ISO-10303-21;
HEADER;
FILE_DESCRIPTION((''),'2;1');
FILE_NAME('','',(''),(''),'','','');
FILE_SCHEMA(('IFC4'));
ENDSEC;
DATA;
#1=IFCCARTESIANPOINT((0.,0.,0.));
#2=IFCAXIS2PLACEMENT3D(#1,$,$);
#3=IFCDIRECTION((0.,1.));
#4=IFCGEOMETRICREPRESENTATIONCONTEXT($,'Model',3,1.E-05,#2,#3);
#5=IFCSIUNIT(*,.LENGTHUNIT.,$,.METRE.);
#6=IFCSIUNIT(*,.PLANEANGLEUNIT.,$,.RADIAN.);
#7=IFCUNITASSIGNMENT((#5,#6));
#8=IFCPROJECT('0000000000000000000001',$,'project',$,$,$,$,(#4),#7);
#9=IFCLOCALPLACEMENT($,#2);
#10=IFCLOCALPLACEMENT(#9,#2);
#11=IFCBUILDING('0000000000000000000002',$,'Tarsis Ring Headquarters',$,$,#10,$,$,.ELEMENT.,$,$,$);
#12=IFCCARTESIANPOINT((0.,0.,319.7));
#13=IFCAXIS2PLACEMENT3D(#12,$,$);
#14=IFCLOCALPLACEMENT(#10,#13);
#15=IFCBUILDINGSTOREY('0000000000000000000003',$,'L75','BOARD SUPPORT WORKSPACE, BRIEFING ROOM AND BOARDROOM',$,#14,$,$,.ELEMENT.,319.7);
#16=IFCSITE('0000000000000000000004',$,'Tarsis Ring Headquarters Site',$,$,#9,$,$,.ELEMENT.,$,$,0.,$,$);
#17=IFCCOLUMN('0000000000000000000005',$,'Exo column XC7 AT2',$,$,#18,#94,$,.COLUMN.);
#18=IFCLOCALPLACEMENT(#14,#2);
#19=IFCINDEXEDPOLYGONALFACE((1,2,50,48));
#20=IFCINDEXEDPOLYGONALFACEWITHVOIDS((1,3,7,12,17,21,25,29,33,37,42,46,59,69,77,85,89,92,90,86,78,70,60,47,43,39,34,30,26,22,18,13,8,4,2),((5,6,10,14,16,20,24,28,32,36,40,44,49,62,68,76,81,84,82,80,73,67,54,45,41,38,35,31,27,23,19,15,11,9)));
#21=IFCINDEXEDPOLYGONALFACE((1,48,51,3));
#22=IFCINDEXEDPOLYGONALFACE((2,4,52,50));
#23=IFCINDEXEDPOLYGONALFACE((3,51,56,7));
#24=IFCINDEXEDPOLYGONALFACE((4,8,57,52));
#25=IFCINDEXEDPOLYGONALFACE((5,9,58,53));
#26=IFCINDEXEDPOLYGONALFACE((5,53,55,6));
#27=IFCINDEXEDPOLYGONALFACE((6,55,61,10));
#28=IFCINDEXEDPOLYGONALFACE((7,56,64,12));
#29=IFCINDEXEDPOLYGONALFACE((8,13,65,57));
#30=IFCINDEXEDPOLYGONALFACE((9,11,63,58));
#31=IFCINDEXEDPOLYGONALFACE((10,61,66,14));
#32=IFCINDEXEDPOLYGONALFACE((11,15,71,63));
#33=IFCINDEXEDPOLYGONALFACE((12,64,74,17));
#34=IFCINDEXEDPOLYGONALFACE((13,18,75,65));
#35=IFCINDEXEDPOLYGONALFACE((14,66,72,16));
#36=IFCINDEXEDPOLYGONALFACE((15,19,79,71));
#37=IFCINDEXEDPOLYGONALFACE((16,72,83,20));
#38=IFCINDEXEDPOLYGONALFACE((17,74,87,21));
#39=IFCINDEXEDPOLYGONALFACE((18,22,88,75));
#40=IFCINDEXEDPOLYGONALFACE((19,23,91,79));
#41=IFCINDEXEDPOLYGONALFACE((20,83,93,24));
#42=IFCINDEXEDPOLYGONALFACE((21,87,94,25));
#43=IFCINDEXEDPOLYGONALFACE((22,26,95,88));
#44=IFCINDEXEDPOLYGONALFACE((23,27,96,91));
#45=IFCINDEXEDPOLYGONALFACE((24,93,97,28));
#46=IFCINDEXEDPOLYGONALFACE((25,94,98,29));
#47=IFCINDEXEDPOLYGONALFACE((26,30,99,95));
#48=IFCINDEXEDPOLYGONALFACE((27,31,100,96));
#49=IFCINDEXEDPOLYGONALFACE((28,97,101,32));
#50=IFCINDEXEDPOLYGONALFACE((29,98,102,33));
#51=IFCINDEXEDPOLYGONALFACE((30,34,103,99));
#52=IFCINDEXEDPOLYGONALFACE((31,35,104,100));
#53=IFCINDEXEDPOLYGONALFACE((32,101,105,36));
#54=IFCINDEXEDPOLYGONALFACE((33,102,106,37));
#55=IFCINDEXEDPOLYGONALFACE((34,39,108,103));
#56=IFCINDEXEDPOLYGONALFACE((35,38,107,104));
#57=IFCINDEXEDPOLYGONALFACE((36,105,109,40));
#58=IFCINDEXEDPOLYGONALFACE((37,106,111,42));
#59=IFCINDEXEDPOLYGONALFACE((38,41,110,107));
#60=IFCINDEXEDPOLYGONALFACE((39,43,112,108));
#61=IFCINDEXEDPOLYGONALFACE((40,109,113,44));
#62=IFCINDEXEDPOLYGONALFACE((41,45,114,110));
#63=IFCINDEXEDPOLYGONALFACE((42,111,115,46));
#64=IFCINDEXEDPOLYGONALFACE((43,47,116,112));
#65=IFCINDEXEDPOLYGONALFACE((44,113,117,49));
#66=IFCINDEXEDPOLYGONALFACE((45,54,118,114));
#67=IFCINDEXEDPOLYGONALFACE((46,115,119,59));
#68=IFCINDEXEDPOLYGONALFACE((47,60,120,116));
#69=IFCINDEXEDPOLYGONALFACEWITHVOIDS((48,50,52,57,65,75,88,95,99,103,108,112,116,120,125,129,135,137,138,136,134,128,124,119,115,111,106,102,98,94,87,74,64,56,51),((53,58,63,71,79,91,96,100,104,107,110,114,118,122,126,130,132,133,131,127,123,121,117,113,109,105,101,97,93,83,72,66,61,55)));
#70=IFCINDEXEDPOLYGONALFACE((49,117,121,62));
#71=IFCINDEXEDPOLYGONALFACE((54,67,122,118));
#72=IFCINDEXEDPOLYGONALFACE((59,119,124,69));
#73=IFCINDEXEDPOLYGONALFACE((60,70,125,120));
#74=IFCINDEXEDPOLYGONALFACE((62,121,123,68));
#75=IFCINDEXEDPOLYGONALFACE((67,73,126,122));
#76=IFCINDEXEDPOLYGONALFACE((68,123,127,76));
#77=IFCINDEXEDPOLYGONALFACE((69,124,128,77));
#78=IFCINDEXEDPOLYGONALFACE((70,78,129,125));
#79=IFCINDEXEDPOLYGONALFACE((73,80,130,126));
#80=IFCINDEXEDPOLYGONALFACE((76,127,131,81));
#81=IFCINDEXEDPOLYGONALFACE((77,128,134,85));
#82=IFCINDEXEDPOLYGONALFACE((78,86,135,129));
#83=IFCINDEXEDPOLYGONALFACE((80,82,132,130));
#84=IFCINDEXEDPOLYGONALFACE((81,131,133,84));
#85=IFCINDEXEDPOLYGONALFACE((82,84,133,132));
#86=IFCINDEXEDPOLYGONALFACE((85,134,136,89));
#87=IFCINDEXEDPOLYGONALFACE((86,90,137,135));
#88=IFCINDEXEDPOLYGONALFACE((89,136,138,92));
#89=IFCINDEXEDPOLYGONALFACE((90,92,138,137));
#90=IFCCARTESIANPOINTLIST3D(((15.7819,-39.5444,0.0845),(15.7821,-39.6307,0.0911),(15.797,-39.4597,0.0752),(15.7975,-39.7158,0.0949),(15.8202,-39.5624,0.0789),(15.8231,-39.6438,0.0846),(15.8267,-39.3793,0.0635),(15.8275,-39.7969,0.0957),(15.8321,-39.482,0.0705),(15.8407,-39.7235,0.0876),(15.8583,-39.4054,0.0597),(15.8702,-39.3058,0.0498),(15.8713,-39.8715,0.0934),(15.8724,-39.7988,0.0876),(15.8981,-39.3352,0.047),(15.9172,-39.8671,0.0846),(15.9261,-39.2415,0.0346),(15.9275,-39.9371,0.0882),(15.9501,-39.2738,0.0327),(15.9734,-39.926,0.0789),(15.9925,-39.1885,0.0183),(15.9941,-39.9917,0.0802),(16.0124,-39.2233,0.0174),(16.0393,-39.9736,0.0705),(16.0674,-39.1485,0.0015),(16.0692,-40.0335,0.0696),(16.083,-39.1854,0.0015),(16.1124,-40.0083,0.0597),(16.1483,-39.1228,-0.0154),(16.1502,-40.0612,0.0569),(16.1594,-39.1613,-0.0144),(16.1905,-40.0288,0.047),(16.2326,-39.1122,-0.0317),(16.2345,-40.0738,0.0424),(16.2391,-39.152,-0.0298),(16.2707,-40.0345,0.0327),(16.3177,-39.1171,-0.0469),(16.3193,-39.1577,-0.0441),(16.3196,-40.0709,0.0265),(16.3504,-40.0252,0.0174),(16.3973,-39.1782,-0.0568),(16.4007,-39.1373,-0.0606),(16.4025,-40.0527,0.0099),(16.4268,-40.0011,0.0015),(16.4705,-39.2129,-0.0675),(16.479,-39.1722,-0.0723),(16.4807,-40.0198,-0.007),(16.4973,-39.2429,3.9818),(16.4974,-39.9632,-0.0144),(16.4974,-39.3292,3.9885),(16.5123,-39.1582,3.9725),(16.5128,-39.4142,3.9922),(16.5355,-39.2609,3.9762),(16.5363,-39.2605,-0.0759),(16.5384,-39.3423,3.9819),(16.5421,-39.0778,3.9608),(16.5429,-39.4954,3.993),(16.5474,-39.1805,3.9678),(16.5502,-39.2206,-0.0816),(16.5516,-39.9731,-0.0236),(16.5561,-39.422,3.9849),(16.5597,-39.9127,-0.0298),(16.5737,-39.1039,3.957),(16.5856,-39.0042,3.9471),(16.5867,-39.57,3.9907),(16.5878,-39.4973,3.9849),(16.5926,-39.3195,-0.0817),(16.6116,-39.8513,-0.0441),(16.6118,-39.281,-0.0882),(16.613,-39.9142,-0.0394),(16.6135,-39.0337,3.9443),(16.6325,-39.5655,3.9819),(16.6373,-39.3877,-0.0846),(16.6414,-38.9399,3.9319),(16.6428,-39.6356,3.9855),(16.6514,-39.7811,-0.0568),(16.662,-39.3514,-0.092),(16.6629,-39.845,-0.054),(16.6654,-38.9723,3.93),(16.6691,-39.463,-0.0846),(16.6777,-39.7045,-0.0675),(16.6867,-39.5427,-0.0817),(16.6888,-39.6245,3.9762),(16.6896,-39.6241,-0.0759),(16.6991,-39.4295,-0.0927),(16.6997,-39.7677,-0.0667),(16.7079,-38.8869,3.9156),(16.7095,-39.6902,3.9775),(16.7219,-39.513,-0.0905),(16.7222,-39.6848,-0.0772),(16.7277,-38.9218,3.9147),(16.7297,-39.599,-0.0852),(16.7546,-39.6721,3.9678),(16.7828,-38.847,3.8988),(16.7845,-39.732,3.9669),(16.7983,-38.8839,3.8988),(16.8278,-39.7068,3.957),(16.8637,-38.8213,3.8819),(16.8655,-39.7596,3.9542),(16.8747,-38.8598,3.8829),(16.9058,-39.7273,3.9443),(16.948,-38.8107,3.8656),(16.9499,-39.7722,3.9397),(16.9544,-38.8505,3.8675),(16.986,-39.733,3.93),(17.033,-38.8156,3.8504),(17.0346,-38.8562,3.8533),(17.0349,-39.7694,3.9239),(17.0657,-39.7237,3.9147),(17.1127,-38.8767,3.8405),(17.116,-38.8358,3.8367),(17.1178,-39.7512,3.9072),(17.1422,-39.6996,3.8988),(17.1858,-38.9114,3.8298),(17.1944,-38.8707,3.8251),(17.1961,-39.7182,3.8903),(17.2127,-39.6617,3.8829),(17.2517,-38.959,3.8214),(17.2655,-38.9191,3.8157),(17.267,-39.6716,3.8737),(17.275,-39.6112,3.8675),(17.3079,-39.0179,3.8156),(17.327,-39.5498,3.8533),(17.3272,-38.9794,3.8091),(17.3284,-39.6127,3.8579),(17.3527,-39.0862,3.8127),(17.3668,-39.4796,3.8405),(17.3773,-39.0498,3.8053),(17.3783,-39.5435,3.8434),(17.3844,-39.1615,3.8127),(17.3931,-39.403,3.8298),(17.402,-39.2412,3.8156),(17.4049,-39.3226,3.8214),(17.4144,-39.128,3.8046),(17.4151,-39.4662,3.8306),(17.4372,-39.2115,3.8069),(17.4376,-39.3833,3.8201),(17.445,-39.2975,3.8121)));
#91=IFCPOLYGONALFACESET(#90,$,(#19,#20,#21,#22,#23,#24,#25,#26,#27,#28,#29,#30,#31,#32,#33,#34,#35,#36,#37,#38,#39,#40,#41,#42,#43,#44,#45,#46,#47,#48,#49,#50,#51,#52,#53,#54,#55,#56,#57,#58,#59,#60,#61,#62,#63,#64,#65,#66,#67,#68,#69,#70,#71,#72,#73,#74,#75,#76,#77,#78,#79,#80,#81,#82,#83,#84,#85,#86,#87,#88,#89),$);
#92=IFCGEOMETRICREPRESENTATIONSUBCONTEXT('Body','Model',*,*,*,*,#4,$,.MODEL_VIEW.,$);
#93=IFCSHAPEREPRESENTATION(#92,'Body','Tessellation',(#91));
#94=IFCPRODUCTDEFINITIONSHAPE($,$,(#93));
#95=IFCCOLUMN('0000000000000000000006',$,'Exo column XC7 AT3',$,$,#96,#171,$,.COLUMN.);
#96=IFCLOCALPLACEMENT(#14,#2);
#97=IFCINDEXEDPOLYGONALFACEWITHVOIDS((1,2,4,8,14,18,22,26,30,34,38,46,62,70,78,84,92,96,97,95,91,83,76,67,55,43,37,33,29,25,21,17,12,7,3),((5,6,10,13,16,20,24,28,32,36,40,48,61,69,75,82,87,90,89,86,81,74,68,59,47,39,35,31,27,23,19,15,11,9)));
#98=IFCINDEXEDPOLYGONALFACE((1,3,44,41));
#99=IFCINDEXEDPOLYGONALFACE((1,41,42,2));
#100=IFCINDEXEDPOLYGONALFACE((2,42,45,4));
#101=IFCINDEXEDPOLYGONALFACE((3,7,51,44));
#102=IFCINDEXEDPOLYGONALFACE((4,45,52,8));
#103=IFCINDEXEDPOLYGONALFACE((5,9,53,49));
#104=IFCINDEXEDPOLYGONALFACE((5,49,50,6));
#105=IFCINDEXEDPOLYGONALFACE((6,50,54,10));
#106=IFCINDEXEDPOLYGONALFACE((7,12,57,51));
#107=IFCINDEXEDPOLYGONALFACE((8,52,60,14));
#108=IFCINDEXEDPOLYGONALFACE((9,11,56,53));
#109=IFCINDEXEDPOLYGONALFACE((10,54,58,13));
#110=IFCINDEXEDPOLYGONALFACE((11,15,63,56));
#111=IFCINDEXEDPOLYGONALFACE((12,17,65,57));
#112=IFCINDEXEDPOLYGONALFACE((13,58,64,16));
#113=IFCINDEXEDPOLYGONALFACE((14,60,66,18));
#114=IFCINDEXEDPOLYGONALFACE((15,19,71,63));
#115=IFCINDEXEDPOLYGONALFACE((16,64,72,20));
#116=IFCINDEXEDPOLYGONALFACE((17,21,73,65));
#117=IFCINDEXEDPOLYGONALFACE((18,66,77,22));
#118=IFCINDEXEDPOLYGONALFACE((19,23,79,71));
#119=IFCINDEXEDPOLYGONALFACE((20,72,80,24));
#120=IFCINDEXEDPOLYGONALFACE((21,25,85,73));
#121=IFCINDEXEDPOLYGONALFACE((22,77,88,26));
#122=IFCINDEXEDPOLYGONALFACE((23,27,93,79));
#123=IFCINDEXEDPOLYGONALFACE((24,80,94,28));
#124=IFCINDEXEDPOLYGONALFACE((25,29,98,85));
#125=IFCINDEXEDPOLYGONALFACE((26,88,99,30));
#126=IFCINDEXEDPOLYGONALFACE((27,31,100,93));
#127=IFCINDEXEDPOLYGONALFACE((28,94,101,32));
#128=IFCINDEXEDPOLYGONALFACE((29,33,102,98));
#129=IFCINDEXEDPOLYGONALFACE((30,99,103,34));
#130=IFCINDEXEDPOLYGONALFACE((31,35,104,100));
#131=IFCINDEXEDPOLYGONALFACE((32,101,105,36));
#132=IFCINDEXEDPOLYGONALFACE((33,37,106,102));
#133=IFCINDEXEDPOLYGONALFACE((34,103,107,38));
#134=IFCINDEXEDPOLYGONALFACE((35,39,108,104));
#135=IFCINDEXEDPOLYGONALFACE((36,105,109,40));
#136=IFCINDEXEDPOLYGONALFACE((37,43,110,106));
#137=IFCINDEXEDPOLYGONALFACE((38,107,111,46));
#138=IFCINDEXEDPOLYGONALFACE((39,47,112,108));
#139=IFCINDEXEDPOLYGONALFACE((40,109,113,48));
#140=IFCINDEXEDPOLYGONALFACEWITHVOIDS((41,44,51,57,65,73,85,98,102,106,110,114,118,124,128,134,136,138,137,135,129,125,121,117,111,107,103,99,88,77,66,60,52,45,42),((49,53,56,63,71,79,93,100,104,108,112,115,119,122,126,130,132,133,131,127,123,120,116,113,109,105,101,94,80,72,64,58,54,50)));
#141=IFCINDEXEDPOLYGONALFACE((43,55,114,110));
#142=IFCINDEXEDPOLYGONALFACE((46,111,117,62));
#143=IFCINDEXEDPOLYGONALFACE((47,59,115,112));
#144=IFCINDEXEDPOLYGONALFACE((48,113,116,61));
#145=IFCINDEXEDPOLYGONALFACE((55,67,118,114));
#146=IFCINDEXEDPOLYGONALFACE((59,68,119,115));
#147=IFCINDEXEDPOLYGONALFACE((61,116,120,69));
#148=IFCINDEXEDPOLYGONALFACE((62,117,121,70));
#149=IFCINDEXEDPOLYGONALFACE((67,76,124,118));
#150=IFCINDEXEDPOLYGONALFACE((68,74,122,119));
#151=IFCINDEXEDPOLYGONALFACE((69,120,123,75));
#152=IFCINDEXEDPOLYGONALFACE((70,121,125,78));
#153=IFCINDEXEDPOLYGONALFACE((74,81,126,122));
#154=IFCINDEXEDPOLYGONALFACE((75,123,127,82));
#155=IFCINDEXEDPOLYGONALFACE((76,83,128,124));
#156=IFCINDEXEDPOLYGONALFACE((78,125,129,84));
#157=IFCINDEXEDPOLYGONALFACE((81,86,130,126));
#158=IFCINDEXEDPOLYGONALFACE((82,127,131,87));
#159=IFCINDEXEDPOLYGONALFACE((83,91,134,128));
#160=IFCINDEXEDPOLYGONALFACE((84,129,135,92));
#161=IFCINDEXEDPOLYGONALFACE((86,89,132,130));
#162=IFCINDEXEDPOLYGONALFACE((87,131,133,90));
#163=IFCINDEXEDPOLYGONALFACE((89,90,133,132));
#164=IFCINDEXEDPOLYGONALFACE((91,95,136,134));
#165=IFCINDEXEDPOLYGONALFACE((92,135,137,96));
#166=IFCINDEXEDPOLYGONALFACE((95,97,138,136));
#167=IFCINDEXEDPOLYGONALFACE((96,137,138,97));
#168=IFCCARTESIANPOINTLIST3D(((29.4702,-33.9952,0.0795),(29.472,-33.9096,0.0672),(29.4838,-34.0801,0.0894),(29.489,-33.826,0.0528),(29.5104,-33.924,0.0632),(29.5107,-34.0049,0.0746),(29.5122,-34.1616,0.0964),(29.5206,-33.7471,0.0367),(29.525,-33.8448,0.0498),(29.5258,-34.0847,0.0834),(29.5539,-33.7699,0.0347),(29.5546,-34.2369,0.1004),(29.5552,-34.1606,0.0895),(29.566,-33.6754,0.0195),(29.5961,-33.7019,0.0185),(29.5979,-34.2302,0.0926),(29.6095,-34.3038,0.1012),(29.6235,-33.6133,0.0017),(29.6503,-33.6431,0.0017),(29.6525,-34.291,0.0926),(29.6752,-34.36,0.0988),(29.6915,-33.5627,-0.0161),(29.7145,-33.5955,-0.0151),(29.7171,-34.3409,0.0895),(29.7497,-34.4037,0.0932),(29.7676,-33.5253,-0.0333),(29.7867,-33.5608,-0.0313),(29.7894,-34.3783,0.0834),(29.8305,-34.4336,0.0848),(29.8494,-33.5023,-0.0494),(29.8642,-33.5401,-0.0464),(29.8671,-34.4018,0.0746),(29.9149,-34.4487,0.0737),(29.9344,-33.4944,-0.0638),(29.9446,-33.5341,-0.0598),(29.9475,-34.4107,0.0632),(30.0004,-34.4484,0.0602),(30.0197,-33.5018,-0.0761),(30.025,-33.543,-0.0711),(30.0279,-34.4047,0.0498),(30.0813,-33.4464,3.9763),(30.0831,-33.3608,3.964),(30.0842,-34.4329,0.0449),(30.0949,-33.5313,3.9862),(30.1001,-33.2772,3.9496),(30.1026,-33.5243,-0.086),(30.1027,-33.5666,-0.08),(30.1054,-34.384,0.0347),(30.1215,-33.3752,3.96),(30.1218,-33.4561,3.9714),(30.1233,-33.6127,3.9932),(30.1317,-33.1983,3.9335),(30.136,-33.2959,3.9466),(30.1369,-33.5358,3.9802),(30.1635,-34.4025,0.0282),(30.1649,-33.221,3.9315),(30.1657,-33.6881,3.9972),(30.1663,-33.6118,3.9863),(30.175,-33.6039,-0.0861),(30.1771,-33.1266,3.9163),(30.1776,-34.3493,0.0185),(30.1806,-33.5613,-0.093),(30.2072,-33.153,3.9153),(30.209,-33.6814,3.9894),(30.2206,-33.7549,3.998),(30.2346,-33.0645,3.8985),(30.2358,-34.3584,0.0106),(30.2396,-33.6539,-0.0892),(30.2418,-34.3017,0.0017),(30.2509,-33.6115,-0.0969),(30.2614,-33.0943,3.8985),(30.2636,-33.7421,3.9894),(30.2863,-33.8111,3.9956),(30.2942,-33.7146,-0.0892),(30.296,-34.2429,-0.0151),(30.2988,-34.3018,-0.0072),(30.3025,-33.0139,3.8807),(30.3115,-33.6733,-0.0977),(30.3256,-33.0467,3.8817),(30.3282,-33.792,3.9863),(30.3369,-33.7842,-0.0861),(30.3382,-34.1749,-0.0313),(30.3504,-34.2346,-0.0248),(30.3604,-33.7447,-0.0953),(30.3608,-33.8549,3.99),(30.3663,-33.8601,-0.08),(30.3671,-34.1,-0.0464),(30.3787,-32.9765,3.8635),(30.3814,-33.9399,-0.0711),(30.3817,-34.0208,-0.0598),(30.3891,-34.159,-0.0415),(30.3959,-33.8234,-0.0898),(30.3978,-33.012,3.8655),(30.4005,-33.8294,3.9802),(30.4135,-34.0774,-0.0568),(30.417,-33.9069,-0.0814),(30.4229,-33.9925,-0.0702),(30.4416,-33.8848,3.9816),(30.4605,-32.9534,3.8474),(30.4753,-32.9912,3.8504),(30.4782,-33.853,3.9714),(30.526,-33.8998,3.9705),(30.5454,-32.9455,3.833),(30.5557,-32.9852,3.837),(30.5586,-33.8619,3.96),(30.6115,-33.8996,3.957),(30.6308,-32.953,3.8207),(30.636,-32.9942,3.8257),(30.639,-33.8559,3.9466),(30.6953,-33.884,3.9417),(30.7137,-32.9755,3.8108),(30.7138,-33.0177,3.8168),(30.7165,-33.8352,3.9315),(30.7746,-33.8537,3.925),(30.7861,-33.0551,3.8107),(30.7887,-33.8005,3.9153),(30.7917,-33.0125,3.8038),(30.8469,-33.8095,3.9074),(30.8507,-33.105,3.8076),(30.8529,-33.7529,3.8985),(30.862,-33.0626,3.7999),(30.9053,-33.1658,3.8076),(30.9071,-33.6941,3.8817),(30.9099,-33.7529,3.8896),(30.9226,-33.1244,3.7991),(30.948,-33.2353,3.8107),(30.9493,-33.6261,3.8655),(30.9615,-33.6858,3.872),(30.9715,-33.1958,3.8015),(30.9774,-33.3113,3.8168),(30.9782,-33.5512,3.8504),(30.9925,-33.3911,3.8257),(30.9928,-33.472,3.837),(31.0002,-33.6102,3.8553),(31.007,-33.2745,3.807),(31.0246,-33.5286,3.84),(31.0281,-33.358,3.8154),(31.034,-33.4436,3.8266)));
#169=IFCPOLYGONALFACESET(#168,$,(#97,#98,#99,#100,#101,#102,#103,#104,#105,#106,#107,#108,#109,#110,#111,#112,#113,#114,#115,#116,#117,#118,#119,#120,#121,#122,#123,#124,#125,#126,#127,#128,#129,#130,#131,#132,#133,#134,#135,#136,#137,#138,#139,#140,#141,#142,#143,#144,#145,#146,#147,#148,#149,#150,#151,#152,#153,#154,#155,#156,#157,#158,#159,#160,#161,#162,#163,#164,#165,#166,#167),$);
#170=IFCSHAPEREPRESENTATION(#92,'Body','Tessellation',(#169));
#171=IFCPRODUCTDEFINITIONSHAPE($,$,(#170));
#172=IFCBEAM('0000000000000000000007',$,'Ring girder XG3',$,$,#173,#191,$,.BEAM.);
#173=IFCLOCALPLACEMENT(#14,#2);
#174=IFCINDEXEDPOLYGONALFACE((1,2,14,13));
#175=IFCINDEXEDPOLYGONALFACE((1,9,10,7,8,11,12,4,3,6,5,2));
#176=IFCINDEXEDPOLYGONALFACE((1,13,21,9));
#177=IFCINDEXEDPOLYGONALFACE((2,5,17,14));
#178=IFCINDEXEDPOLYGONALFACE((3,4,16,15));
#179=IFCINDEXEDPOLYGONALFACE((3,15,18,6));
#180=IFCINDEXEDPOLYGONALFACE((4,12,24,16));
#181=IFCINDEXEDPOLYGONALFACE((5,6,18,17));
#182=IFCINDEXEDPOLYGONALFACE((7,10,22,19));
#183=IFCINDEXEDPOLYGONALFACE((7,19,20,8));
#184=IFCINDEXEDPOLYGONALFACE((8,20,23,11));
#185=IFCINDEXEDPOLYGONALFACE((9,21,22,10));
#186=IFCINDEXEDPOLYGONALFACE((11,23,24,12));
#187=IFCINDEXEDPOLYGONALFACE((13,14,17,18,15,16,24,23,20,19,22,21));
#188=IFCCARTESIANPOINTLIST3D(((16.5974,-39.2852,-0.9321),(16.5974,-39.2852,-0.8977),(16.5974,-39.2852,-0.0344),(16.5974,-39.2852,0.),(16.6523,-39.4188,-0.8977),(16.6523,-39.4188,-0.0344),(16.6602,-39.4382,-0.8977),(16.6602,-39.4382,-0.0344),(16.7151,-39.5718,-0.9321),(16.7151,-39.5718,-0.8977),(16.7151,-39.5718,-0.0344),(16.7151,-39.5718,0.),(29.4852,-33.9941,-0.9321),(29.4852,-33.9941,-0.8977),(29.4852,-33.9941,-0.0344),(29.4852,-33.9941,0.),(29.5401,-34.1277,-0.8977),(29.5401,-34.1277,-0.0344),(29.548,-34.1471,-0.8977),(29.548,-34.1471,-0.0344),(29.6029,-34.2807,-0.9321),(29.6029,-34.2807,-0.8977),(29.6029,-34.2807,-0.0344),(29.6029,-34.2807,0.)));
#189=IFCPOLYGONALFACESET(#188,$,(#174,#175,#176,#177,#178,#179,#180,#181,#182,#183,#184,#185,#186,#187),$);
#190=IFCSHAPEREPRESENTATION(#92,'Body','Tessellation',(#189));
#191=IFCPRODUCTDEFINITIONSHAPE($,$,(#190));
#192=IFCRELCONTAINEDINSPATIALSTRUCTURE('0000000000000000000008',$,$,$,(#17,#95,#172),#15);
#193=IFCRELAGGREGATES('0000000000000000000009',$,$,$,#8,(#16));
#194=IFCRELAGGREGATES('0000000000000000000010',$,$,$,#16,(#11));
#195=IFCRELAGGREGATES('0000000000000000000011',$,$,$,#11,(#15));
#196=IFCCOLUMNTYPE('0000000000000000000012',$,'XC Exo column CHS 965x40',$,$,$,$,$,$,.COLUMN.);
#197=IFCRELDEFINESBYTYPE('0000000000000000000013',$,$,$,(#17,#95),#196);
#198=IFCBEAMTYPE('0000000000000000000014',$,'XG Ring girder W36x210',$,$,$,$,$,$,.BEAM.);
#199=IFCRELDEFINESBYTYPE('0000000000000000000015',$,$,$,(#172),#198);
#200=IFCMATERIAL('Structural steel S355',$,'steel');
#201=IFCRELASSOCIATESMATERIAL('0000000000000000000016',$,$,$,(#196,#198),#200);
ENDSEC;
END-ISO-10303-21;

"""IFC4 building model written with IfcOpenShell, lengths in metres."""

from ifc_helpers import new_model, si_unit, direction, frame, origin, origin_2d, place, context, subcontext, project, spatial, hollow_circle, i_section, extrude, material, material_profile, profile_set, type_object, element, save


model = new_model("IFC4")

# Units and contexts
model_context = context("Model", 3, precision=1e-05, world=origin(), true_north=direction((0.0, 1.0)))
body_context = subcontext(model_context, "Body", "Model", "MODEL_VIEW")
ifc_project = project(units=[si_unit("LENGTHUNIT", "METRE"), si_unit("PLANEANGLEUNIT", "RADIAN")], contexts=[model_context])

# Site, building, storey
site_placement = place(None, origin())
site = spatial("IfcSite", under=ifc_project, at=site_placement, Name="Tarsis Ring Headquarters Site", CompositionType="ELEMENT", RefElevation=0.0)
building_placement = place(site_placement, origin())
building = spatial("IfcBuilding", under=site, at=building_placement, Name="Tarsis Ring Headquarters", CompositionType="ELEMENT")
storey_placement = place(building_placement, frame((0.0, 0.0, 319.7)))
storey = spatial("IfcBuildingStorey", under=building, at=storey_placement, Name="L75", Description="BOARD SUPPORT WORKSPACE, BRIEFING ROOM AND BOARDROOM", CompositionType="ELEMENT", Elevation=319.7)

# Columns
ifc_material_1 = material(Name="Structural steel S355", Category="steel")
ifc_material_profile_1 = material_profile(ifc_material_1, hollow_circle(Radius=0.4827, WallThickness=0.04, at=origin_2d()), Name="CHS 965x40")
ifc_profile_set_1 = profile_set([ifc_material_profile_1], Name="Structural steel S355")
column_type = type_object("IfcColumnType", Name="XC Exo column CHS 965x40", PredefinedType="COLUMN", material=ifc_profile_set_1)
column_1_placement = place(storey_placement, frame((16.2549, -39.5933, 0.0015), z_axis=(0.180013, 0.075876, 0.980733), x_axis=(-0.388408, 0.921487, 0.0)))
element("IfcColumn", 1, at=column_1_placement, inside=storey, type_object=column_type, Name="Exo column XC7 AT2", PredefinedType="COLUMN", context=body_context, shape_type="SweptSolid", body=[
    extrude(hollow_circle(Radius=0.4827, WallThickness=0.04, at=origin_2d()), origin(), (0.0, 0.0, 1.0), 3.9739),
])
column_2_placement = place(storey_placement, frame((29.946, -33.9724, 0.0017), z_axis=(0.153448, 0.137815, 0.978499), x_axis=(-0.668193, 0.743988, 0.0)))
element("IfcColumn", 2, at=column_2_placement, inside=storey, type_object=column_type, Name="Exo column XC7 AT3", PredefinedType="COLUMN", context=body_context, shape_type="SweptSolid", body=[
    extrude(hollow_circle(Radius=0.4827, WallThickness=0.04, at=origin_2d()), origin(), (0.0, 0.0, 1.0), 3.9824),
])

# Beam
ifc_material_profile_2 = material_profile(ifc_material_1, i_section(OverallWidth=0.3098, OverallDepth=0.9321, WebThickness=0.021, FlangeThickness=0.0344, at=origin_2d()), Name="W36x210")
ifc_profile_set_2 = profile_set([ifc_material_profile_2], Name="Structural steel S355")
beam_type = type_object("IfcBeamType", Name="XG Ring girder W36x210", PredefinedType="BEAM", material=ifc_profile_set_2)
beam_1_placement = place(storey_placement, frame((16.6562, -39.4285, -0.4661), z_axis=(0.925074, 0.379787, 0.0), x_axis=(-0.379787, 0.925074, 0.0)))
element("IfcBeam", 3, at=beam_1_placement, inside=storey, type_object=beam_type, Name="Ring girder XG3", PredefinedType="BEAM", context=body_context, shape_type="SweptSolid", body=[
    extrude(i_section(OverallWidth=0.3098, OverallDepth=0.9321, WebThickness=0.021, FlangeThickness=0.0344, at=origin_2d()), origin(), (0.0, 0.0, 1.0), 13.9316),
])

save(model, "model.ifc")
